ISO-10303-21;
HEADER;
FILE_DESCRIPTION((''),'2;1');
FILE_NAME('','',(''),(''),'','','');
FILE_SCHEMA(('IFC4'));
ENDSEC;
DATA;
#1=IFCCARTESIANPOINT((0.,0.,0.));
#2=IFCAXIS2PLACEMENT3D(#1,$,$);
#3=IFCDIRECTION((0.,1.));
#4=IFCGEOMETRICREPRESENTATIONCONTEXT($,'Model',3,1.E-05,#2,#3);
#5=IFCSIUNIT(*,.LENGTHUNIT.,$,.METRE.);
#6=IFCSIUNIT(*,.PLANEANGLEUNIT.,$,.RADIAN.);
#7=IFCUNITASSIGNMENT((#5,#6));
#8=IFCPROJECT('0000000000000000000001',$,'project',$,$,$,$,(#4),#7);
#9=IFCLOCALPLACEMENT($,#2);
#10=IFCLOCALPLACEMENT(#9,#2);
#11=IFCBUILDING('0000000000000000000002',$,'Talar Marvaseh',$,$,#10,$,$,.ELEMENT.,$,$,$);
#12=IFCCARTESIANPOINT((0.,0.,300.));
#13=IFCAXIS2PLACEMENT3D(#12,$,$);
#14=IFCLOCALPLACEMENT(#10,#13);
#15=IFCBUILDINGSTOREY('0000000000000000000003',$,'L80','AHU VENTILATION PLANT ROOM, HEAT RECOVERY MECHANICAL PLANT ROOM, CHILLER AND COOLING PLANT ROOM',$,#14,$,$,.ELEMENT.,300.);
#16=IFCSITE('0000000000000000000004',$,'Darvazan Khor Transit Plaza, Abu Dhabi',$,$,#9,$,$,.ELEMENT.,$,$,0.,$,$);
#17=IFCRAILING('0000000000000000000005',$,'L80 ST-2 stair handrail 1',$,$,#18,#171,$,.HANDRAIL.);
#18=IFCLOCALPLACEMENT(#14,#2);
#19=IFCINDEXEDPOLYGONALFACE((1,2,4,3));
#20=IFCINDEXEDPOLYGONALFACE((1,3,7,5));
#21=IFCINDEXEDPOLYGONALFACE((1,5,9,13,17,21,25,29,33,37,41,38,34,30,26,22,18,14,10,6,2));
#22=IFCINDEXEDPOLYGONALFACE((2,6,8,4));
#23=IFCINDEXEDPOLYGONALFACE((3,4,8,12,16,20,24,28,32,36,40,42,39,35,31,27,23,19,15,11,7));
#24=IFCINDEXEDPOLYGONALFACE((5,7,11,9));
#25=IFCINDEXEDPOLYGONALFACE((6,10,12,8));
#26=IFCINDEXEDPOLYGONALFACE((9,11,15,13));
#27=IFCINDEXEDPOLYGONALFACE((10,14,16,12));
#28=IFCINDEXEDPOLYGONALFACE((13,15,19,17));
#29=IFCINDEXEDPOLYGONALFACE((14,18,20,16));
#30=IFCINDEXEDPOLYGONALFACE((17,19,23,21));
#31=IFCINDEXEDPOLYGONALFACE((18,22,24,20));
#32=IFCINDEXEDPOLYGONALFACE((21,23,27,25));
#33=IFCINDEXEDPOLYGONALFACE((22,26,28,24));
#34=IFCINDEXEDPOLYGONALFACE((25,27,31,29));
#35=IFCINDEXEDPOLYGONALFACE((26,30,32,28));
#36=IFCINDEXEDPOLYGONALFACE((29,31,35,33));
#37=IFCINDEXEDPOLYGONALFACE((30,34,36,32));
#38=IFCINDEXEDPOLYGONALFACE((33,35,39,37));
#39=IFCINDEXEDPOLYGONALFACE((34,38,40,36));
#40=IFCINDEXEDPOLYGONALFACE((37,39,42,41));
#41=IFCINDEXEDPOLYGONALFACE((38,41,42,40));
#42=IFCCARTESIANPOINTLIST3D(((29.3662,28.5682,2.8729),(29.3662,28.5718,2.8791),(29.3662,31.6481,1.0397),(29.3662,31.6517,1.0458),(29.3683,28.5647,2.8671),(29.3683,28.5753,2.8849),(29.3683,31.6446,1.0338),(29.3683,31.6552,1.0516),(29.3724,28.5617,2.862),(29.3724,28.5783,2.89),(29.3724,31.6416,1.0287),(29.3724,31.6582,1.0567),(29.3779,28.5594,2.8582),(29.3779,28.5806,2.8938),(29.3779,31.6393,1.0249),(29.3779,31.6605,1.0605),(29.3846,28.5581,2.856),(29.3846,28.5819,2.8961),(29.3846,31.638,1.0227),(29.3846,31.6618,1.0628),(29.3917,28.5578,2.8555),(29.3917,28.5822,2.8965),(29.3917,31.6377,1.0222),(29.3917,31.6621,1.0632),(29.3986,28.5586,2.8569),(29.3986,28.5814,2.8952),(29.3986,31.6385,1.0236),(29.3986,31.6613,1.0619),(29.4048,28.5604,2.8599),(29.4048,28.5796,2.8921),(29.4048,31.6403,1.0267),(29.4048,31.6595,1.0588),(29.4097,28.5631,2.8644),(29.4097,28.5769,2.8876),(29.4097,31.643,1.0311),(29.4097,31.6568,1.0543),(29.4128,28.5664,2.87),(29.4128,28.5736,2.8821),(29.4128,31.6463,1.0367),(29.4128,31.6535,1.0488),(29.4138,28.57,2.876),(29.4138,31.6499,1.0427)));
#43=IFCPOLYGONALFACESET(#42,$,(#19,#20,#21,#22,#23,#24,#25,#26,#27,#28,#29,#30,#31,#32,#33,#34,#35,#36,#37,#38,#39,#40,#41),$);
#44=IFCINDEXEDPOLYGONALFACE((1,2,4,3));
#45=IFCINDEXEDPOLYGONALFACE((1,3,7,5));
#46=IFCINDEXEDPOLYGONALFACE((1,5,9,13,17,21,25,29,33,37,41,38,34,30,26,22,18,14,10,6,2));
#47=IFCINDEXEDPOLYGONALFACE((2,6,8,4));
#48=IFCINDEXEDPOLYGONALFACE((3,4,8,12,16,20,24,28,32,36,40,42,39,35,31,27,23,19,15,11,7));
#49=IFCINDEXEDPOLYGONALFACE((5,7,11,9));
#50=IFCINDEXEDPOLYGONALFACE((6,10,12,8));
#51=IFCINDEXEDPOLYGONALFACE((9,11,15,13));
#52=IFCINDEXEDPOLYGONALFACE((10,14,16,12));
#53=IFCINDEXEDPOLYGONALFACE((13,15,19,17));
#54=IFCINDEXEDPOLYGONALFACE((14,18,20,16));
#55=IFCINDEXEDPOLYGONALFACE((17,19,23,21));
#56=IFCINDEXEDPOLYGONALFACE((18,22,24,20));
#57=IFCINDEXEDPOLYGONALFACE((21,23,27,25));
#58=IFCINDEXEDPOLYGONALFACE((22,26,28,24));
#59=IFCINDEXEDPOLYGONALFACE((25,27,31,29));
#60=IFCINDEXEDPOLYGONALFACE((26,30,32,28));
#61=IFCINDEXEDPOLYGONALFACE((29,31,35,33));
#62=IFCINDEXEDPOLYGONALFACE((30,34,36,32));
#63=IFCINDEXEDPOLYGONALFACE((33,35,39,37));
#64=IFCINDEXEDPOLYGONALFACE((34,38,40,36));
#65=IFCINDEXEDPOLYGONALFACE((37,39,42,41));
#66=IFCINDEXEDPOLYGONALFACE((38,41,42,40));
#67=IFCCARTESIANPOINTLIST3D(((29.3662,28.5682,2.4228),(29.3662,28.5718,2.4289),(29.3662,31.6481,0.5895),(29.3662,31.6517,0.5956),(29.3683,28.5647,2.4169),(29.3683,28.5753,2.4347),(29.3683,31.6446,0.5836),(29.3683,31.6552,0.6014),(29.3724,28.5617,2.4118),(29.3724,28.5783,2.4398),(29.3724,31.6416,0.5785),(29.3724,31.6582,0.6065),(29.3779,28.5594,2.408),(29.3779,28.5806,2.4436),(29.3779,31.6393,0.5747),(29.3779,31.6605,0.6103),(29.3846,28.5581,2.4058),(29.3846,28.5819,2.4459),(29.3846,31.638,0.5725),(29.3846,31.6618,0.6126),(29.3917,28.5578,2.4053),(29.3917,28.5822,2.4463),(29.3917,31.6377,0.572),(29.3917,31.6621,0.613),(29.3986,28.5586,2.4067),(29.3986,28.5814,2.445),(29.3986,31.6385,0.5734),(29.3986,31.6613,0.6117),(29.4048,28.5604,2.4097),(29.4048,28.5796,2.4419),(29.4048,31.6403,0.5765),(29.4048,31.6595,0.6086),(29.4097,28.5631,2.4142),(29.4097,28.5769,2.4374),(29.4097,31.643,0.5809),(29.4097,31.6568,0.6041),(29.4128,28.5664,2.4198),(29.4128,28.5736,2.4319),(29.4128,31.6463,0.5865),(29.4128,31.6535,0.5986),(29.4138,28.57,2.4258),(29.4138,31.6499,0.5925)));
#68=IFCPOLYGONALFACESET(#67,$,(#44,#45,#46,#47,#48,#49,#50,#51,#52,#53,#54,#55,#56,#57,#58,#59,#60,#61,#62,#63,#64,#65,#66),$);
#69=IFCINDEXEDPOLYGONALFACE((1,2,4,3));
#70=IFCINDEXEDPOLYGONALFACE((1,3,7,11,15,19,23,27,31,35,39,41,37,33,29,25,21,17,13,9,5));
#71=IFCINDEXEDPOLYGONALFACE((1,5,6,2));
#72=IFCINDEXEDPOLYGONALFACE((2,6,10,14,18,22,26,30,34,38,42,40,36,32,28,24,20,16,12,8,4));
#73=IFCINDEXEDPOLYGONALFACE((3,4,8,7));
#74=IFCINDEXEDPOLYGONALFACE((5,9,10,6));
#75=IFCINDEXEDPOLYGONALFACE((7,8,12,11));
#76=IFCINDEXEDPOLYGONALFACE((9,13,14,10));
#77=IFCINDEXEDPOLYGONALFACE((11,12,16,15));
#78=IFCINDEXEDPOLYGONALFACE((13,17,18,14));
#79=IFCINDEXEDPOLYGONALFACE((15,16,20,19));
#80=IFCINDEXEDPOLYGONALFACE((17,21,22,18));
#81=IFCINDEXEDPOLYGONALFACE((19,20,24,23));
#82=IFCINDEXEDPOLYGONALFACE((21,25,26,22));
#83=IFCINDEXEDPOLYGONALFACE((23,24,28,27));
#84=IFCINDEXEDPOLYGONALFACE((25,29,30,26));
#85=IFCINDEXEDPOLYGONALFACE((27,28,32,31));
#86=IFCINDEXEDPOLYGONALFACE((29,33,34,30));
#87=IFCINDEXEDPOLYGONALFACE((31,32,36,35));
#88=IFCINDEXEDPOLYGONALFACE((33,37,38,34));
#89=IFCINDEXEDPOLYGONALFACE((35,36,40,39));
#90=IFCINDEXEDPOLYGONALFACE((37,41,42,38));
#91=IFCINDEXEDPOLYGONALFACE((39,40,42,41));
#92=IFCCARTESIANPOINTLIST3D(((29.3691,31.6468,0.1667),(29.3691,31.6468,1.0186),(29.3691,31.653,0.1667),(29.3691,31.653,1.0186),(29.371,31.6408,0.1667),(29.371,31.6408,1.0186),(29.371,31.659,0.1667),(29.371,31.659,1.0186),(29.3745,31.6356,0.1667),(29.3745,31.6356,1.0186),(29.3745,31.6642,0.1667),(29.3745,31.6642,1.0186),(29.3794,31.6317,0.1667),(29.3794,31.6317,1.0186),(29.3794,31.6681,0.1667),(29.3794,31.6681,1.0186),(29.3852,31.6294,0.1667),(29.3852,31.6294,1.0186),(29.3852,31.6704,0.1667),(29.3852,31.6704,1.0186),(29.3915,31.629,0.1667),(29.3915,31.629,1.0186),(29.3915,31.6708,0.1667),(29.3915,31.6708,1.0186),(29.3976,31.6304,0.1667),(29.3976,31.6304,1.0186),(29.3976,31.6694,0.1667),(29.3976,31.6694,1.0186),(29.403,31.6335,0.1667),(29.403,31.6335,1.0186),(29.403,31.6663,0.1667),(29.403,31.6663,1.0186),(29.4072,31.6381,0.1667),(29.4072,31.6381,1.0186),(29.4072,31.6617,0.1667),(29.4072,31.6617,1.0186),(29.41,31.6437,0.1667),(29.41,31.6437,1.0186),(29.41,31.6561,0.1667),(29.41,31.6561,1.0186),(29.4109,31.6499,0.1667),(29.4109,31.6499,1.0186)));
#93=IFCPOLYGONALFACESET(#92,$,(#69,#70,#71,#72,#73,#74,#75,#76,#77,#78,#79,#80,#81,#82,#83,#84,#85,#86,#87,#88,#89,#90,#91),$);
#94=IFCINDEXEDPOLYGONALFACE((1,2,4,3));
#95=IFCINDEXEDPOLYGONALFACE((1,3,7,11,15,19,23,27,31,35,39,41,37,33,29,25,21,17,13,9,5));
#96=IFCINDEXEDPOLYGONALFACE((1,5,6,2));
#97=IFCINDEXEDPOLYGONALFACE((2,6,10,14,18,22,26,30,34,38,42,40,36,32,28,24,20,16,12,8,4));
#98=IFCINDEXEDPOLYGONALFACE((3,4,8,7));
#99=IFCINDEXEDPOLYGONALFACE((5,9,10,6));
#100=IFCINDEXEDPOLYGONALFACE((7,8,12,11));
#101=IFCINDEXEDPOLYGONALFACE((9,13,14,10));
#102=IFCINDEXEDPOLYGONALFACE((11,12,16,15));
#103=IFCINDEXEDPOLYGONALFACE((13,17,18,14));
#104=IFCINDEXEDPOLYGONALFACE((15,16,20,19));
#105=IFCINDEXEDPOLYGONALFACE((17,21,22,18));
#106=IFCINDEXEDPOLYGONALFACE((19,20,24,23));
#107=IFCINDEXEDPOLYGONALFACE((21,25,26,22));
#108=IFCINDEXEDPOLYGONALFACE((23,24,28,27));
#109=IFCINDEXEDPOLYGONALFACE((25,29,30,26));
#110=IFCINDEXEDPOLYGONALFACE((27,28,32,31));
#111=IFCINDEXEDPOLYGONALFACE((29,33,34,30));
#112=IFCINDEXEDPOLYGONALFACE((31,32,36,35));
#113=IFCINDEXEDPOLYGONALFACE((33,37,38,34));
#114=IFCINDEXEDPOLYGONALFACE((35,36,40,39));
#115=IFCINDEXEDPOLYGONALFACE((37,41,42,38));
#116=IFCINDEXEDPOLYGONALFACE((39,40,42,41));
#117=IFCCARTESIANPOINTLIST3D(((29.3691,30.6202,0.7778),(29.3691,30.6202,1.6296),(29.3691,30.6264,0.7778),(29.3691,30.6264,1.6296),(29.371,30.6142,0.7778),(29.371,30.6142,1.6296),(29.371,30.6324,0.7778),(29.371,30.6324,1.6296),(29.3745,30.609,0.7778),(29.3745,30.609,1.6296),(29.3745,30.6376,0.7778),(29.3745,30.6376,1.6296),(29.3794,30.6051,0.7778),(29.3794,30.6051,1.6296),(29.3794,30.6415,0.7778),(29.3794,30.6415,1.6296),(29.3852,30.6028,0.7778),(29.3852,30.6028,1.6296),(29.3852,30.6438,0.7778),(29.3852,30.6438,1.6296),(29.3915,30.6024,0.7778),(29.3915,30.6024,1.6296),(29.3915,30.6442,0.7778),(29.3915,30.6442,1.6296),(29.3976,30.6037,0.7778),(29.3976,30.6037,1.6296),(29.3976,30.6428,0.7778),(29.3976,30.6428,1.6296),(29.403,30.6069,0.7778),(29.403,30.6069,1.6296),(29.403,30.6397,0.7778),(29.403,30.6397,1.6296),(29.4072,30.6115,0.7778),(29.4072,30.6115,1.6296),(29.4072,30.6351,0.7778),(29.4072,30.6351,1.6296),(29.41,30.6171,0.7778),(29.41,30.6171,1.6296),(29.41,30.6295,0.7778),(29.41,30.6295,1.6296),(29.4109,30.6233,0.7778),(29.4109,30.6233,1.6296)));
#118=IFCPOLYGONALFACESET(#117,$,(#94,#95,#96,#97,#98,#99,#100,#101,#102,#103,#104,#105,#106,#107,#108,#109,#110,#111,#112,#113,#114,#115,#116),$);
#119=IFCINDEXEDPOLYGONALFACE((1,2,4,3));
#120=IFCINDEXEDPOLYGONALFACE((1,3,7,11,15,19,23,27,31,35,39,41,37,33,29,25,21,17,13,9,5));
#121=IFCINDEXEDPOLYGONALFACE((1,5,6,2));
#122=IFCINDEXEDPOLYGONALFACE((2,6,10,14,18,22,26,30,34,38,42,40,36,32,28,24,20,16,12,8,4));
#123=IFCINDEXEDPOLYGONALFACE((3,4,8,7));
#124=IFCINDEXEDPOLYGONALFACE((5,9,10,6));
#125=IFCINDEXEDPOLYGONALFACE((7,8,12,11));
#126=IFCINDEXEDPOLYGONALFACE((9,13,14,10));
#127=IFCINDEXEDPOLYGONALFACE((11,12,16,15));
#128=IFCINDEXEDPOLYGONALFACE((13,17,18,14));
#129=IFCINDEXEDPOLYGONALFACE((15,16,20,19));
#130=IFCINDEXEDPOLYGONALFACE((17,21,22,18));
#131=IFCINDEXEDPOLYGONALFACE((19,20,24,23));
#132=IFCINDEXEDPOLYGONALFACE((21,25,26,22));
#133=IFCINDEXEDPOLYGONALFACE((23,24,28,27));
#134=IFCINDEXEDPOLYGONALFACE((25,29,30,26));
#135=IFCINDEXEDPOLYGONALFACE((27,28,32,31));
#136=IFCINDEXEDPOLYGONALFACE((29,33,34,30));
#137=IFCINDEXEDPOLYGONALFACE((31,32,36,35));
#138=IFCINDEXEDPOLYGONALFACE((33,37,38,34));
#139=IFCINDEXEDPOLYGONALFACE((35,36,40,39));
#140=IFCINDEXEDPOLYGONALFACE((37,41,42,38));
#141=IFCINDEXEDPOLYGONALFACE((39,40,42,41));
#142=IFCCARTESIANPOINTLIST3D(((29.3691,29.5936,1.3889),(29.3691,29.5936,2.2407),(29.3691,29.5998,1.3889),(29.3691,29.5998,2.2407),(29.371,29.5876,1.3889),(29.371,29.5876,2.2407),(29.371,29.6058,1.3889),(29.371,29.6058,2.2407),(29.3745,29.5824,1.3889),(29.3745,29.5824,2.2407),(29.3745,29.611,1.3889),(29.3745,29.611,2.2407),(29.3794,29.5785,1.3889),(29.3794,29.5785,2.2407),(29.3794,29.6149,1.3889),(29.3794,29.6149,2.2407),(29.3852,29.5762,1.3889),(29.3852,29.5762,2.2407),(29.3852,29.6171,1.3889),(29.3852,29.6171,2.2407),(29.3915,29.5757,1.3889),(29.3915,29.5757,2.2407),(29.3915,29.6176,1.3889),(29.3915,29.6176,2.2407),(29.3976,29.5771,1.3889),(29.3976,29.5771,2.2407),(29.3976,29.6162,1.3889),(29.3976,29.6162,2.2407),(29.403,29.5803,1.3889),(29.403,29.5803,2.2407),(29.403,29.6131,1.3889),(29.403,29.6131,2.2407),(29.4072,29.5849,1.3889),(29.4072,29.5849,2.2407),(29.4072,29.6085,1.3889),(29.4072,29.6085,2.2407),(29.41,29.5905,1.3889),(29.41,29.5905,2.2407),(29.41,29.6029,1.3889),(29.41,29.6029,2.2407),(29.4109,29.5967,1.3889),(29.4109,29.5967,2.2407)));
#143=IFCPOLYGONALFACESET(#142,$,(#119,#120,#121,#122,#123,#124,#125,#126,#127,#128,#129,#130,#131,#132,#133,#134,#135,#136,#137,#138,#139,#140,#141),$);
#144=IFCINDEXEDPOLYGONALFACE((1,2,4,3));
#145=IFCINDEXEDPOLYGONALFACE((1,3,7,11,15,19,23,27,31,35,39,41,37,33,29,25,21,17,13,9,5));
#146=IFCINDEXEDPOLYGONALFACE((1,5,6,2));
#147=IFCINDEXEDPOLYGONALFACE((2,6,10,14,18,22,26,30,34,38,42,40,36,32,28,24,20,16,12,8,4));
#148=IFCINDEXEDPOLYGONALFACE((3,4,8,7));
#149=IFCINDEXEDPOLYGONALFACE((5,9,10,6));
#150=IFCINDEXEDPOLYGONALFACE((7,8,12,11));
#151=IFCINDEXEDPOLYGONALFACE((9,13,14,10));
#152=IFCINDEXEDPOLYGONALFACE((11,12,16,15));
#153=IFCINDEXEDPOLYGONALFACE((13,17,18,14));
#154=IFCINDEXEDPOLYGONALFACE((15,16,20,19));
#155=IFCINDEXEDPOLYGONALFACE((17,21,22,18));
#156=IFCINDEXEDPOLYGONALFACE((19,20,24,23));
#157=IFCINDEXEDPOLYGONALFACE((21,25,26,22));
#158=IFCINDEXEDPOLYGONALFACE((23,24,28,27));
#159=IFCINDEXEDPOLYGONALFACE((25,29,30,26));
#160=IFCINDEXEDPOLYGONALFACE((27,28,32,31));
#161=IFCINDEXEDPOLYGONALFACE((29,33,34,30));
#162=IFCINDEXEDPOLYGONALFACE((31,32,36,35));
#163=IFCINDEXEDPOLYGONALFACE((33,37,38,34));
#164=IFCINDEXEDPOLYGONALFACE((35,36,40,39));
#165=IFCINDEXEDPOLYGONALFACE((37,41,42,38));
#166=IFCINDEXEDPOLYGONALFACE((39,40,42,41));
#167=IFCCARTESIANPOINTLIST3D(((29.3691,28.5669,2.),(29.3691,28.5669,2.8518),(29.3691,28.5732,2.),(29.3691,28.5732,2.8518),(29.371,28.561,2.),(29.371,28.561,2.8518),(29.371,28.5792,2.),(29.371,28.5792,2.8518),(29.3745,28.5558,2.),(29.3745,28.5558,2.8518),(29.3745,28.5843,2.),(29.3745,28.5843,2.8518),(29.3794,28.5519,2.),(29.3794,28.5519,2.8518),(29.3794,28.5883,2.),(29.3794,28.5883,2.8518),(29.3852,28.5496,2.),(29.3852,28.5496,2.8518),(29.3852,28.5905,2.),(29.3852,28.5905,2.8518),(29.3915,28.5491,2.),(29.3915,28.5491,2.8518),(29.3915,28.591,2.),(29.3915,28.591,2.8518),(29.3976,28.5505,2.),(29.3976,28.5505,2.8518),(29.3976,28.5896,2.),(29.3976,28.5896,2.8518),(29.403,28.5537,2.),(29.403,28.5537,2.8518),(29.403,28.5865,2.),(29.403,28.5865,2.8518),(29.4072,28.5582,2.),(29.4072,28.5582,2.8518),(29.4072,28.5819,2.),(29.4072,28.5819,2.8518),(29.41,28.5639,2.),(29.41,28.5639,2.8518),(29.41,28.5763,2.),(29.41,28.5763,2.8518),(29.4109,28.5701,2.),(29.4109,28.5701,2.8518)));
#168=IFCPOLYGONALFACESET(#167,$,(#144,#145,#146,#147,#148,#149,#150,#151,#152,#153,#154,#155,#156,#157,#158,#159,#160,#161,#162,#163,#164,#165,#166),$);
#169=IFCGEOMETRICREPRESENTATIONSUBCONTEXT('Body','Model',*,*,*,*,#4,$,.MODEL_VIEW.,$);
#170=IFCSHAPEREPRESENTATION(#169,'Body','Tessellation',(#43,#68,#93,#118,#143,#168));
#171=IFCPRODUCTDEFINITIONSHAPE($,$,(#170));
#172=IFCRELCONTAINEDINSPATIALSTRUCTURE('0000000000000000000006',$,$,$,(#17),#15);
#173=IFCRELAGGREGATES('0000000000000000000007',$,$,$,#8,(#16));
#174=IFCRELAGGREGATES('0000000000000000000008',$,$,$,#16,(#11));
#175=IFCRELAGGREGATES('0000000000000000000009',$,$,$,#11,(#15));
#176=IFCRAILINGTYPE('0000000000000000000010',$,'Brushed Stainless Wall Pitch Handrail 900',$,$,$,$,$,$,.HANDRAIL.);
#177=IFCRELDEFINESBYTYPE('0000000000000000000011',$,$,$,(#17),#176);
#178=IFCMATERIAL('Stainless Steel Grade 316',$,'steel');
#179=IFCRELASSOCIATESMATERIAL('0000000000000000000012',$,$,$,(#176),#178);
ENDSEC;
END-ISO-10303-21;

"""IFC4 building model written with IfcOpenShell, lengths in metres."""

from ifc_helpers import new_model, si_unit, direction, frame, origin, origin_2d, place, context, subcontext, project, spatial, circle, extrude, material, type_object, element, save


model = new_model("IFC4")

# Units and contexts
model_context = context("Model", 3, precision=1e-05, world=origin(), true_north=direction((0.0, 1.0)))
body_context = subcontext(model_context, "Body", "Model", "MODEL_VIEW")
ifc_project = project(units=[si_unit("LENGTHUNIT", "METRE"), si_unit("PLANEANGLEUNIT", "RADIAN")], contexts=[model_context])

# Site, building, storey
site_placement = place(None, origin())
site = spatial("IfcSite", under=ifc_project, at=site_placement, Name="Darvazan Khor Transit Plaza, Abu Dhabi", CompositionType="ELEMENT", RefElevation=0.0)
building_placement = place(site_placement, origin())
building = spatial("IfcBuilding", under=site, at=building_placement, Name="Talar Marvaseh", CompositionType="ELEMENT")
storey_placement = place(building_placement, frame((0.0, 0.0, 300.0)))
storey = spatial("IfcBuildingStorey", under=building, at=storey_placement, Name="L80", Description="AHU VENTILATION PLANT ROOM, HEAT RECOVERY MECHANICAL PLANT ROOM, CHILLER AND COOLING PLANT ROOM", CompositionType="ELEMENT", Elevation=300.0)

# Railing
ifc_material_1 = material(Name="Stainless Steel Grade 316", Category="steel")
railing_type_1 = type_object("IfcRailingType", Name="Brushed Stainless Wall Pitch Handrail 900", PredefinedType="HANDRAIL", material=ifc_material_1)
railing_1_placement = place(storey_placement, frame((29.3899, 31.6499, 0.1667)))
element("IfcRailing", 1, at=railing_1_placement, inside=storey, type_object=railing_type_1, Name="L80 ST-2 stair handrail 1", PredefinedType="HANDRAIL", context=body_context, shape_type="SweptSolid", body=[
    extrude(circle(Radius=0.0239, at=origin_2d()), frame((0.0, 0.0, 0.876), z_axis=(0.0, -0.859291, 0.511487), x_axis=(1.0, 0.0, 0.0)), (0.0, 0.0, 1.0), 3.5842),
    extrude(circle(Radius=0.0239, at=origin_2d()), frame((0.0, 0.0, 0.4258), z_axis=(0.0, -0.859291, 0.511487), x_axis=(1.0, 0.0, 0.0)), (0.0, 0.0, 1.0), 3.5842),
    extrude(circle(Radius=0.021, at=origin_2d()), origin(), (0.0, 0.0, 1.0), 0.8518),
    extrude(circle(Radius=0.021, at=origin_2d()), frame((0.0, -1.0266, 0.6111)), (0.0, 0.0, 1.0), 0.8518),
    extrude(circle(Radius=0.021, at=origin_2d()), frame((0.0, -2.0532, 1.2222)), (0.0, 0.0, 1.0), 0.8518),
    extrude(circle(Radius=0.021, at=origin_2d()), frame((0.0, -3.0798, 1.8333)), (0.0, 0.0, 1.0), 0.8518),
])

save(model, "model.ifc")
